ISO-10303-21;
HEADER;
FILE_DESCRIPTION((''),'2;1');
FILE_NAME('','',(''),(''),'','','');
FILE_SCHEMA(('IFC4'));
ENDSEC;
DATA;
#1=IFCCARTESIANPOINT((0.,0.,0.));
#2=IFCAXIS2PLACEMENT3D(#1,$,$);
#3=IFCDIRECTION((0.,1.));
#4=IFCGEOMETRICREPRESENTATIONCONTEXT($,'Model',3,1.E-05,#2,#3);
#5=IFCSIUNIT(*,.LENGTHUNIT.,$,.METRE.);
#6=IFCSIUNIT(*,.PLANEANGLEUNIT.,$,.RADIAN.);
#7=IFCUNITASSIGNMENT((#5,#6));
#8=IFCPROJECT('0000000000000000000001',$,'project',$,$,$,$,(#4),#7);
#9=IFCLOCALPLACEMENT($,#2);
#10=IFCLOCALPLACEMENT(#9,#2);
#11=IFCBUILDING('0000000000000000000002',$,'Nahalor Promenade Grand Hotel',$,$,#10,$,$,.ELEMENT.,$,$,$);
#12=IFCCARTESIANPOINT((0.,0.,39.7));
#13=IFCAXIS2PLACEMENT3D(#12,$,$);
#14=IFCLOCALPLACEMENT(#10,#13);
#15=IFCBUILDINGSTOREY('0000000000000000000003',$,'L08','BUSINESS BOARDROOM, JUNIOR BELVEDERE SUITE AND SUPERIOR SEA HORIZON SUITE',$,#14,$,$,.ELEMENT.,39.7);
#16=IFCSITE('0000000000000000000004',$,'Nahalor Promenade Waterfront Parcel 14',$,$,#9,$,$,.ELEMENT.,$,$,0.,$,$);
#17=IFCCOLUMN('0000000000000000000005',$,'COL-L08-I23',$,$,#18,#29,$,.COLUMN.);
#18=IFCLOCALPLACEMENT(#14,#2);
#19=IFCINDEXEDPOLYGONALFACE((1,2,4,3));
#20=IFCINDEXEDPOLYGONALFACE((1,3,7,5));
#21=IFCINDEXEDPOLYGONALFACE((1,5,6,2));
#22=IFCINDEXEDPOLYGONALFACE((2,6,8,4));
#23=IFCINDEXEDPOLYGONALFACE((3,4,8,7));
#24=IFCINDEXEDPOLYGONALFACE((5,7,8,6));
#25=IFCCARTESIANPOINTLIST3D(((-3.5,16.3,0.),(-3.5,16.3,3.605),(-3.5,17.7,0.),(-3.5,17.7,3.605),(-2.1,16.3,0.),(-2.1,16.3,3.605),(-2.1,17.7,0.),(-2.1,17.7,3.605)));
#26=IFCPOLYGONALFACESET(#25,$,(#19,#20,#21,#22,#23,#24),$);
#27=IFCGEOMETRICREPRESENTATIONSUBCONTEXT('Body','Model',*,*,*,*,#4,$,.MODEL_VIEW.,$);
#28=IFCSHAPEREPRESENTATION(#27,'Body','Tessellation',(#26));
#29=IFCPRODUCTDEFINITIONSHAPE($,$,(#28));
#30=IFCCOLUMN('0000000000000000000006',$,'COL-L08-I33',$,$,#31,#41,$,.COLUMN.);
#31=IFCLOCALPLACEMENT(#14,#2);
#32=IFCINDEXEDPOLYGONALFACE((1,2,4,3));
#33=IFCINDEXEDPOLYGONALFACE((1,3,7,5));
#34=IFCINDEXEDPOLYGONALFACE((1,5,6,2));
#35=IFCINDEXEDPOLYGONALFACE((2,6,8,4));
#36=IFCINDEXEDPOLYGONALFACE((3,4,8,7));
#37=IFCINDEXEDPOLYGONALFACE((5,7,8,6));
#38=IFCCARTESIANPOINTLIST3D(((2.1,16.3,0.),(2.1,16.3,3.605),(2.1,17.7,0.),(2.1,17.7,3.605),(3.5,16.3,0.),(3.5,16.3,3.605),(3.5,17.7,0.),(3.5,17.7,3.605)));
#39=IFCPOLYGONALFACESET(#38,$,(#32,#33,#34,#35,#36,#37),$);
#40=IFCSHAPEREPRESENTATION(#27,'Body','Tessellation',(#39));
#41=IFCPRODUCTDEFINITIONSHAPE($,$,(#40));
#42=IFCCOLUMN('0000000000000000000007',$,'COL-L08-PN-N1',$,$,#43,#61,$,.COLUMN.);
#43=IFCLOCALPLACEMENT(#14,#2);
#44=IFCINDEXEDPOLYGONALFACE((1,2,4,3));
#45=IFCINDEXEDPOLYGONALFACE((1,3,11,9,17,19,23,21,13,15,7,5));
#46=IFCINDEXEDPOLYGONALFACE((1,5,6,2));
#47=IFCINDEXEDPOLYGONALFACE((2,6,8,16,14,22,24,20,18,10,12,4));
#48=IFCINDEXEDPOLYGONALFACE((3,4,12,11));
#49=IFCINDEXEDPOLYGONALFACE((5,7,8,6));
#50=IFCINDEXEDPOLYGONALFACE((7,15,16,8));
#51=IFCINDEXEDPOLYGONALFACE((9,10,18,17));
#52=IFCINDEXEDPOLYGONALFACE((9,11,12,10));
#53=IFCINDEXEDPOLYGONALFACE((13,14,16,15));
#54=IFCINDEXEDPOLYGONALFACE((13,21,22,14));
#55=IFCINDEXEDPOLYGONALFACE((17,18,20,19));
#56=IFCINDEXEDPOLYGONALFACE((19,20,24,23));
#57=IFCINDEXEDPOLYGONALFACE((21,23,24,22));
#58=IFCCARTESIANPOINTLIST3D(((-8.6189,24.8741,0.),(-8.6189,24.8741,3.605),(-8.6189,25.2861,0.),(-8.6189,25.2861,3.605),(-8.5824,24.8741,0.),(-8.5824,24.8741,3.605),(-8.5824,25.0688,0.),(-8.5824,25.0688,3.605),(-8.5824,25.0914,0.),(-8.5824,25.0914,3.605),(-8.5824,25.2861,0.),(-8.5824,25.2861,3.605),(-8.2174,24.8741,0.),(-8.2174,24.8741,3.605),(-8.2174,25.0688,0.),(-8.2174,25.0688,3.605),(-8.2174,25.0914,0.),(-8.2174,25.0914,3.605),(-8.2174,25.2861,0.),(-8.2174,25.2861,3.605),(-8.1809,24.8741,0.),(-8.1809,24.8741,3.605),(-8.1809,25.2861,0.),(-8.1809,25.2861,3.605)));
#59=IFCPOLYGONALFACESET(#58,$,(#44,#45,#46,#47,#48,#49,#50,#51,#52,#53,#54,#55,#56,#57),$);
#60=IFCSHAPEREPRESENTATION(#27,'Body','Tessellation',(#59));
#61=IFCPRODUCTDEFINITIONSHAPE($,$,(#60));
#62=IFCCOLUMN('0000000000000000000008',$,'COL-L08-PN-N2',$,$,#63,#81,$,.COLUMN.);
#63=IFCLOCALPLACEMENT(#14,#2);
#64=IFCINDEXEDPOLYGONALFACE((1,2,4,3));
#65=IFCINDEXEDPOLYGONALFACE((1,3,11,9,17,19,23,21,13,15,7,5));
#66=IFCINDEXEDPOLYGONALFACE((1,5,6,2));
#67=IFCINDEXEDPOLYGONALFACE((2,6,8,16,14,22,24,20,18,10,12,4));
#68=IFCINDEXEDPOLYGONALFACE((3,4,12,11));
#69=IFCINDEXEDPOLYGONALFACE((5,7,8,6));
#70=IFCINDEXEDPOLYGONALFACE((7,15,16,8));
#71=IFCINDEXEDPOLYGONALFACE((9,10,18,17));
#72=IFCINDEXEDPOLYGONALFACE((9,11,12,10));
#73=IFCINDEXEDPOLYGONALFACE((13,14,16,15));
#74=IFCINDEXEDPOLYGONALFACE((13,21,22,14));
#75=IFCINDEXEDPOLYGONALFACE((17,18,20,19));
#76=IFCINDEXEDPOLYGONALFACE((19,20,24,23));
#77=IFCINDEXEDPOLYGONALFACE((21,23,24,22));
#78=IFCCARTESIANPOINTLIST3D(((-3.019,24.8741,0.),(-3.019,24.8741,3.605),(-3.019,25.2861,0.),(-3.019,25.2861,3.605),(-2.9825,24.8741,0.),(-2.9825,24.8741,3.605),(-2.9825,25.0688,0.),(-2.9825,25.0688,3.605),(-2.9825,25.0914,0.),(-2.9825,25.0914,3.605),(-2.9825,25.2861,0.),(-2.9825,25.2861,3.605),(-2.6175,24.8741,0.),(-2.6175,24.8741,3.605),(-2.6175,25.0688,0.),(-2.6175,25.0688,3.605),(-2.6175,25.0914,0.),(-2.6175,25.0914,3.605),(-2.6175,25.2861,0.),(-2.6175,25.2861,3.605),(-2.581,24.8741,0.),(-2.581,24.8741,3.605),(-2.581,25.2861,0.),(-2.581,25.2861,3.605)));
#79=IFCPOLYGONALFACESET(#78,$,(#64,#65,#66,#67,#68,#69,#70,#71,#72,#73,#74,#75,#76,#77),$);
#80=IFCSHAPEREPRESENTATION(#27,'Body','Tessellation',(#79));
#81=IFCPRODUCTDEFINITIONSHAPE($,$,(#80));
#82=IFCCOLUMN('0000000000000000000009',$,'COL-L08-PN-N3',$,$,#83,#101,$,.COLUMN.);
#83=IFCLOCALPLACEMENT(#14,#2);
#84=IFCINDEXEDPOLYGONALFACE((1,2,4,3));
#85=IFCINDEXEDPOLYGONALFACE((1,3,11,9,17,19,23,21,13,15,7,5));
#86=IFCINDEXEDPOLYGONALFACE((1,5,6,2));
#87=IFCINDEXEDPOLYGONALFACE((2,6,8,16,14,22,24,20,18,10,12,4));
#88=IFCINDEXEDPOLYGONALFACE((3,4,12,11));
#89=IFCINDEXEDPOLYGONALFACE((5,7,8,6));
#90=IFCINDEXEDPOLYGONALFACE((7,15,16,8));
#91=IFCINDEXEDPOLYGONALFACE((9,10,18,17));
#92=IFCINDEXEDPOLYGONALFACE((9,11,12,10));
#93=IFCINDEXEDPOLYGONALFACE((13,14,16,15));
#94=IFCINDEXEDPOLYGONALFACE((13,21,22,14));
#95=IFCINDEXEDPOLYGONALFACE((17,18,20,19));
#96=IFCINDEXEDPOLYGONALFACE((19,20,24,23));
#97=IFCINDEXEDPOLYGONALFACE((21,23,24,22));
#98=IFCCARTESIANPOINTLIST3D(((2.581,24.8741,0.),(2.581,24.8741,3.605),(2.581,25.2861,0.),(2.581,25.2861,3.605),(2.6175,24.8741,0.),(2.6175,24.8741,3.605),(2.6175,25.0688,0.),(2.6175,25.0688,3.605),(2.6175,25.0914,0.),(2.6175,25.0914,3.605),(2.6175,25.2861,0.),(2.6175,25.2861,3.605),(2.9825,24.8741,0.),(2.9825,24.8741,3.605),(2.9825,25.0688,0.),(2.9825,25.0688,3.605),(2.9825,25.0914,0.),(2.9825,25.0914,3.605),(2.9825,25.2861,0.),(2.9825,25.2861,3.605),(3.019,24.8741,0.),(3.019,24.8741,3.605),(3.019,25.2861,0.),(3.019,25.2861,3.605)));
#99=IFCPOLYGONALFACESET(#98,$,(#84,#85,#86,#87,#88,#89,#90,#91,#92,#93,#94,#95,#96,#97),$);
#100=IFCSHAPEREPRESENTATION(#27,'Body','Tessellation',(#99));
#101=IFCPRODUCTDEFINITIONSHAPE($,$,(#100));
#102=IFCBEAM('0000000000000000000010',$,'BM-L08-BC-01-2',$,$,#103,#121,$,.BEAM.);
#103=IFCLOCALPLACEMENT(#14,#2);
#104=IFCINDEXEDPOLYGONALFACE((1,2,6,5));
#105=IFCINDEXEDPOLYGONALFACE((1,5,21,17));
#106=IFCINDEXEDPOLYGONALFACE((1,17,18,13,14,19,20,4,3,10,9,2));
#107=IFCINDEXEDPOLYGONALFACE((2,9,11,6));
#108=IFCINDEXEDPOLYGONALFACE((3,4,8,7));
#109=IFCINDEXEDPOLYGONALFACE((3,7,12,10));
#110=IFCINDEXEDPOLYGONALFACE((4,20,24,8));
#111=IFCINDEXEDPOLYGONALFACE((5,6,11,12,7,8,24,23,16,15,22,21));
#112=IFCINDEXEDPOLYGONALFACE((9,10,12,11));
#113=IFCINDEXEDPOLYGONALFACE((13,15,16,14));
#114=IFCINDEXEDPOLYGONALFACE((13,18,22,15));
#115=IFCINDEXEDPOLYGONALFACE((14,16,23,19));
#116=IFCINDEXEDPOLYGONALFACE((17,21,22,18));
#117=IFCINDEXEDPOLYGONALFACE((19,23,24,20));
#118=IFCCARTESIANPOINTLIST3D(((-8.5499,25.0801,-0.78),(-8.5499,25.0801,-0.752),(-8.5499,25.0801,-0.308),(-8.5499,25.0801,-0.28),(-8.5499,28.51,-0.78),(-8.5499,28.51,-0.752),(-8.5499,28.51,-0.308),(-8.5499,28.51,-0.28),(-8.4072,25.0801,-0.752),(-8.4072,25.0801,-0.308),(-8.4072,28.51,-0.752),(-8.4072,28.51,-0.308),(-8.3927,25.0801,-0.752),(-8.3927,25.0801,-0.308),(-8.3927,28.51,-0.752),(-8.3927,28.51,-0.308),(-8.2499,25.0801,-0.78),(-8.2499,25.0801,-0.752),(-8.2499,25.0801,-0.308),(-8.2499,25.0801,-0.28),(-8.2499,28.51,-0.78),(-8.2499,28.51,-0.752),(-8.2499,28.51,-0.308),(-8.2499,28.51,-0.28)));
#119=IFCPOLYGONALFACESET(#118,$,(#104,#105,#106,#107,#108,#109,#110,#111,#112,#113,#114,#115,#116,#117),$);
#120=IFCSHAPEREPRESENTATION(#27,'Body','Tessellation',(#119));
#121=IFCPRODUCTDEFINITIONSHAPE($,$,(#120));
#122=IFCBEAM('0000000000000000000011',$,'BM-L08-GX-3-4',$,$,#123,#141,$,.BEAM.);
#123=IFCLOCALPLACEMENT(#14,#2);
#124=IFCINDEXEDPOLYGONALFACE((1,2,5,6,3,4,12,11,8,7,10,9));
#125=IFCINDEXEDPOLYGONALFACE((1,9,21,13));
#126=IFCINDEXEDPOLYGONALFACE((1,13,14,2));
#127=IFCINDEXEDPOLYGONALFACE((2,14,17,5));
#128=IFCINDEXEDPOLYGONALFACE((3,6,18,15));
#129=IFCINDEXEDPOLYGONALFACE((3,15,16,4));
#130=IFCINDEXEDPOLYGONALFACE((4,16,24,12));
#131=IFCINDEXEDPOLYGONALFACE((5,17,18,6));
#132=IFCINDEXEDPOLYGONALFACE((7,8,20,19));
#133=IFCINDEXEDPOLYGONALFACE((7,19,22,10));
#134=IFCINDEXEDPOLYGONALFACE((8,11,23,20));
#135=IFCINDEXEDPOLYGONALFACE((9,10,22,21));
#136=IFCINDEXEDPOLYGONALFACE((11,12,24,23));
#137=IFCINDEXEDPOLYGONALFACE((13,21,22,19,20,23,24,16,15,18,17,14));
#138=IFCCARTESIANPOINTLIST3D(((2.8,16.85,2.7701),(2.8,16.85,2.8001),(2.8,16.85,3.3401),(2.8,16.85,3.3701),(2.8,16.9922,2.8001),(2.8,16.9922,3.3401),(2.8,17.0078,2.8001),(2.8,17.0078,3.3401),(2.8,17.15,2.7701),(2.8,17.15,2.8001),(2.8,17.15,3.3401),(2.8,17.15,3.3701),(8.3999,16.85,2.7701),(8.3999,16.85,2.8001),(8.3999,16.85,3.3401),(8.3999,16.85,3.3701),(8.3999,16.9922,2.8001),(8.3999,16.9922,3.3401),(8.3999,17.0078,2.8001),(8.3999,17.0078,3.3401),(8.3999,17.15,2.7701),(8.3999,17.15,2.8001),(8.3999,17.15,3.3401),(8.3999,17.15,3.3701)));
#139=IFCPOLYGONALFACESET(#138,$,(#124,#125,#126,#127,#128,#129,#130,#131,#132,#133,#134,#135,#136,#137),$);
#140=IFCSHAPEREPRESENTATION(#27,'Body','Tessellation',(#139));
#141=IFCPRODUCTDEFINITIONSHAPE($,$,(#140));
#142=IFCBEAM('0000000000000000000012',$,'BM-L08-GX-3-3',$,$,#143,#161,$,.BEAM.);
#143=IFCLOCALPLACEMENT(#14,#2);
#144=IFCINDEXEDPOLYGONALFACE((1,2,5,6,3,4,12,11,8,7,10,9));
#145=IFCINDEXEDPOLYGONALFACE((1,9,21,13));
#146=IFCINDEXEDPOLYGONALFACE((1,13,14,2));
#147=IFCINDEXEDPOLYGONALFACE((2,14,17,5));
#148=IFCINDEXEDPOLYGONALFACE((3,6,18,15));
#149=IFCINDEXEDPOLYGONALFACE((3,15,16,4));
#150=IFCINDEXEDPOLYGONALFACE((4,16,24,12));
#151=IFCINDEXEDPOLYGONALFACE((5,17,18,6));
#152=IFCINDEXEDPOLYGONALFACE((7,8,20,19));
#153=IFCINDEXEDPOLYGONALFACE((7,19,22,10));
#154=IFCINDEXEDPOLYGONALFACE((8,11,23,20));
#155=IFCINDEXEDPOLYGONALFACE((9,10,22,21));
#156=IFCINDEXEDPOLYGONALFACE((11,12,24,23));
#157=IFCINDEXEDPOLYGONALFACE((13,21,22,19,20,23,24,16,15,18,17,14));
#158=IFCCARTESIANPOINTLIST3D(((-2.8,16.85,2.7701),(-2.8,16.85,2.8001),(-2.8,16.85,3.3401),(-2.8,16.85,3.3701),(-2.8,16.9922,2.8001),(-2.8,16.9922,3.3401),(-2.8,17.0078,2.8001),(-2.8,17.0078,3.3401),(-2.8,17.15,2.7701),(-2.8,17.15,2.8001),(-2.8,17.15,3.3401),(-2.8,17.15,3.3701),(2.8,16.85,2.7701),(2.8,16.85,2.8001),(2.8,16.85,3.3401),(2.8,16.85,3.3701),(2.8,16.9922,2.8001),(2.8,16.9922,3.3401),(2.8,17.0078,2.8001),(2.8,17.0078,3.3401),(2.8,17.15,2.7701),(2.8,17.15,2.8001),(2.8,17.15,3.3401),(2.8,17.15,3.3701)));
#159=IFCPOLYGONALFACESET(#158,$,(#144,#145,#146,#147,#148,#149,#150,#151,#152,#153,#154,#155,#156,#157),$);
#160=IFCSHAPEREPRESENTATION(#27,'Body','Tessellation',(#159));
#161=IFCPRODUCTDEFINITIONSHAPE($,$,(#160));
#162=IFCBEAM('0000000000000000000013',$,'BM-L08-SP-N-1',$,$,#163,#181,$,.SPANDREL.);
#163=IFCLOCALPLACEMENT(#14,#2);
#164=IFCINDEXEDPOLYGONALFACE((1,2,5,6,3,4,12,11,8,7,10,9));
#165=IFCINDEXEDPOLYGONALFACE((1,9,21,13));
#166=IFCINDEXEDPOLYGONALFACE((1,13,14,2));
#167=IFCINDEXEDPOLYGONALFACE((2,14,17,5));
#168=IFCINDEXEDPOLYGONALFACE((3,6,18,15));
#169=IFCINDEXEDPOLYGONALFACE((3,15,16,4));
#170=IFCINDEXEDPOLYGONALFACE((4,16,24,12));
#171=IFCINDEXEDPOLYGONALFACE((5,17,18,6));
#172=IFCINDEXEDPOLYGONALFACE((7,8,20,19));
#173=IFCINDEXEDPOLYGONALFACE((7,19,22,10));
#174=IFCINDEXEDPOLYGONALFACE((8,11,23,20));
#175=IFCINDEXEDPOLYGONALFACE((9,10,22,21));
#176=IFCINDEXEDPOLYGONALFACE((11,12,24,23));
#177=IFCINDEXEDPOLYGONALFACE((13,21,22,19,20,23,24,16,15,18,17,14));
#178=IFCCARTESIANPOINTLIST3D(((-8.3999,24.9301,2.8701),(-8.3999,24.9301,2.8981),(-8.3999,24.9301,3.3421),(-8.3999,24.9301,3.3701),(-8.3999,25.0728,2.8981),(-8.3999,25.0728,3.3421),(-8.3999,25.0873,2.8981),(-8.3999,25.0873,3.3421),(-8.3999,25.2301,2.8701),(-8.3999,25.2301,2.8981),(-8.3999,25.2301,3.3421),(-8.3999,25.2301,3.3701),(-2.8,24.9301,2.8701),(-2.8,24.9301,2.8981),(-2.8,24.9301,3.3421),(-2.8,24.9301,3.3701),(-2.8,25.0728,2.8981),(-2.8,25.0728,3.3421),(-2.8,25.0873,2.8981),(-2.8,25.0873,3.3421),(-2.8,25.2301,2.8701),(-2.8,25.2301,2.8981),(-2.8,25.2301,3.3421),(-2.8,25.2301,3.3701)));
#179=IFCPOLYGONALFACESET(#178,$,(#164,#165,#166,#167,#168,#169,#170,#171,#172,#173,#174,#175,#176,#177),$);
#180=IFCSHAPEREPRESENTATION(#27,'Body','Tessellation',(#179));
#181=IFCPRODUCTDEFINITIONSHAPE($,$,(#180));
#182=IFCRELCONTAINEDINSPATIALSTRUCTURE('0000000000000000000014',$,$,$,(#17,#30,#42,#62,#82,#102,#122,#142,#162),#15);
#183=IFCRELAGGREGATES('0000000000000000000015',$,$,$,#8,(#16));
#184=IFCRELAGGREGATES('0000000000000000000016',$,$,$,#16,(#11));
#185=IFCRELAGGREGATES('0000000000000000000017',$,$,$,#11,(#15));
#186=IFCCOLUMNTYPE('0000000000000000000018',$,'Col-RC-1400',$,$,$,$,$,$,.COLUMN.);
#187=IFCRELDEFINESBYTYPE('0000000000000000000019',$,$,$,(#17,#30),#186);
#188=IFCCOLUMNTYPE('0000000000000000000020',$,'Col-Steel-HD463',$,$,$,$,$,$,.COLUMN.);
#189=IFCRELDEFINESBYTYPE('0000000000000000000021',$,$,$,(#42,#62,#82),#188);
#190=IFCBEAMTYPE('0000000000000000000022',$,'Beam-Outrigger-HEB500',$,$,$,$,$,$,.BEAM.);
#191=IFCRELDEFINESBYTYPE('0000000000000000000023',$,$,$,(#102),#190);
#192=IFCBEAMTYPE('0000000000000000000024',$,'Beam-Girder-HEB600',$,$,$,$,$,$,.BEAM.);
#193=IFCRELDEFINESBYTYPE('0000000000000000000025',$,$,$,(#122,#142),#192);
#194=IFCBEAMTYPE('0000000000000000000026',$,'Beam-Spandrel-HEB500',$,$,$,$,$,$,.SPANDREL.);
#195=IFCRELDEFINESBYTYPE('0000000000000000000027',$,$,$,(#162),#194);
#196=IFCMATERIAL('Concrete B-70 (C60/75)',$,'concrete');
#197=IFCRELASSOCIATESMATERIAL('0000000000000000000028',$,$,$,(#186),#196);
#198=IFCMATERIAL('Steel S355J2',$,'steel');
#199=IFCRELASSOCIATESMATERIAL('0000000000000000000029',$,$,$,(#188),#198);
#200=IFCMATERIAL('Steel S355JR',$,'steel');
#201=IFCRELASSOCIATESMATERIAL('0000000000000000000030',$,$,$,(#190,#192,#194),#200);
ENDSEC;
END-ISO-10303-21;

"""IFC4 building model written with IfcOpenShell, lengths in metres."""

from ifc_helpers import new_model, si_unit, direction, frame, origin, origin_2d, place, context, subcontext, project, spatial, rectangle, i_section, extrude, source, transform, mapped, material, material_profile, profile_set, type_object, element, save


model = new_model("IFC4")

# Units and contexts
model_context = context("Model", 3, precision=1e-05, world=origin(), true_north=direction((0.0, 1.0)))
body_context = subcontext(model_context, "Body", "Model", "MODEL_VIEW")
ifc_project = project(units=[si_unit("LENGTHUNIT", "METRE"), si_unit("PLANEANGLEUNIT", "RADIAN")], contexts=[model_context])

# Site, building, storey
site_placement = place(None, origin())
site = spatial("IfcSite", under=ifc_project, at=site_placement, Name="Nahalor Promenade Waterfront Parcel 14", CompositionType="ELEMENT", RefElevation=0.0)
building_placement = place(site_placement, origin())
building = spatial("IfcBuilding", under=site, at=building_placement, Name="Nahalor Promenade Grand Hotel", CompositionType="ELEMENT")
storey_placement = place(building_placement, frame((0.0, 0.0, 39.7)))
storey = spatial("IfcBuildingStorey", under=building, at=storey_placement, Name="L08", Description="BUSINESS BOARDROOM, JUNIOR BELVEDERE SUITE AND SUPERIOR SEA HORIZON SUITE", CompositionType="ELEMENT", Elevation=39.7)

# Columns
ifc_material_1 = material(Name="Concrete B-70 (C60/75)", Category="concrete")
ifc_material_profile_1 = material_profile(ifc_material_1, rectangle(XDim=1.4, YDim=1.4, at=origin_2d()), Name="RC 1400x1400")
ifc_profile_set_1 = profile_set([ifc_material_profile_1], Name="Concrete B-70 (C60/75)")
column_type_1 = type_object("IfcColumnType", Name="Col-RC-1400", PredefinedType="COLUMN", material=ifc_profile_set_1)
shared_shape_1 = source(origin(), body_context, "Body", "SweptSolid", [
    extrude(rectangle(XDim=1.4, YDim=1.4, at=origin_2d()), origin(), (0.0, 0.0, 1.0), 3.605),
])
for number, where, z_axis, x_axis, name in (
    (1, (-2.8, 17.0, 0.0), (0.0, 0.0, 1.0), (1.0, 0.0, 0.0), "COL-L08-I23"),
    (2, (2.8, 17.0, 0.0), (0.0, 0.0, 1.0), (1.0, 0.0, 0.0), "COL-L08-I33"),
):
    element("IfcColumn", number, at=place(storey_placement, frame(where, z_axis=z_axis, x_axis=x_axis)), inside=storey, type_object=column_type_1, Name=name, PredefinedType="COLUMN", context=body_context, shape_type="MappedRepresentation", body=[
        mapped(shared_shape_1, transform((0.0, 0.0, 0.0), scale=1.0)),
    ])
ifc_material_2 = material(Name="Steel S355J2", Category="steel")
ifc_material_profile_2 = material_profile(ifc_material_2, i_section(OverallWidth=0.412, OverallDepth=0.438, WebThickness=0.0226, FlangeThickness=0.0365, at=origin_2d()), Name="HD 400x463")
ifc_profile_set_2 = profile_set([ifc_material_profile_2], Name="Steel S355J2")
column_type_2 = type_object("IfcColumnType", Name="Col-Steel-HD463", PredefinedType="COLUMN", material=ifc_profile_set_2)
shared_shape_2 = source(origin(), body_context, "Body", "SweptSolid", [
    extrude(i_section(OverallWidth=0.412, OverallDepth=0.438, WebThickness=0.0226, FlangeThickness=0.0365, at=origin_2d()), origin(), (0.0, 0.0, 1.0), 3.605),
])
for number, where, z_axis, x_axis, name in (
    (3, (-8.3999, 25.0801, 0.0), (0.0, 0.0, 1.0), (0.0, 1.0, 0.0), "COL-L08-PN-N1"),
    (4, (-2.8, 25.0801, 0.0), (0.0, 0.0, 1.0), (0.0, 1.0, 0.0), "COL-L08-PN-N2"),
    (5, (2.8, 25.0801, 0.0), (0.0, 0.0, 1.0), (0.0, 1.0, 0.0), "COL-L08-PN-N3"),
):
    element("IfcColumn", number, at=place(storey_placement, frame(where, z_axis=z_axis, x_axis=x_axis)), inside=storey, type_object=column_type_2, Name=name, PredefinedType="COLUMN", context=body_context, shape_type="MappedRepresentation", body=[
        mapped(shared_shape_2, transform((0.0, 0.0, 0.0), scale=1.0)),
    ])

# Beams
ifc_material_3 = material(Name="Steel S355JR", Category="steel")
ifc_material_profile_3 = material_profile(ifc_material_3, i_section(OverallWidth=0.3, OverallDepth=0.5, WebThickness=0.0145, FlangeThickness=0.028, at=origin_2d()), Name="HEB 500")
ifc_profile_set_3 = profile_set([ifc_material_profile_3], Name="Steel S355JR")
beam_type_1 = type_object("IfcBeamType", Name="Beam-Outrigger-HEB500", PredefinedType="BEAM", material=ifc_profile_set_3)
shared_shape_3 = source(origin(), body_context, "Body", "SweptSolid", [
    extrude(i_section(OverallWidth=0.3, OverallDepth=0.5, WebThickness=0.0145, FlangeThickness=0.028, at=origin_2d()), origin(), (0.0, 0.0, 1.0), 3.4299),
])
beam_1_placement = place(storey_placement, frame((-8.3999, 25.0801, -0.53), z_axis=(0.0, 1.0, 0.0), x_axis=(-1.0, 0.0, 0.0)))
element("IfcBeam", 6, at=beam_1_placement, inside=storey, type_object=beam_type_1, Name="BM-L08-BC-01-2", PredefinedType="BEAM", context=body_context, shape_type="MappedRepresentation", body=[
    mapped(shared_shape_3, transform((0.0, 0.0, 0.0), scale=1.0)),
])
ifc_material_profile_4 = material_profile(ifc_material_3, i_section(OverallWidth=0.3, OverallDepth=0.6, WebThickness=0.0155, FlangeThickness=0.03, at=origin_2d()), Name="HEB 600")
ifc_profile_set_4 = profile_set([ifc_material_profile_4], Name="Steel S355JR")
beam_type_2 = type_object("IfcBeamType", Name="Beam-Girder-HEB600", PredefinedType="BEAM", material=ifc_profile_set_4)
shared_shape_4 = source(origin(), body_context, "Body", "SweptSolid", [
    extrude(i_section(OverallWidth=0.3, OverallDepth=0.6, WebThickness=0.0155, FlangeThickness=0.03, at=origin_2d()), origin(), (0.0, 0.0, 1.0), 5.5999),
])
beam_2_placement = place(storey_placement, frame((2.8, 17.0, 3.0701), z_axis=(1.0, 0.0, 0.0), x_axis=(0.0, 1.0, 0.0)))
element("IfcBeam", 7, at=beam_2_placement, inside=storey, type_object=beam_type_2, Name="BM-L08-GX-3-4", PredefinedType="BEAM", context=body_context, shape_type="MappedRepresentation", body=[
    mapped(shared_shape_4, transform((0.0, 0.0, 0.0), scale=1.0)),
])
shared_shape_5 = source(origin(), body_context, "Body", "SweptSolid", [
    extrude(i_section(OverallWidth=0.3, OverallDepth=0.6, WebThickness=0.0155, FlangeThickness=0.03, at=origin_2d()), origin(), (0.0, 0.0, 1.0), 5.6001),
])
beam_3_placement = place(storey_placement, frame((-2.8, 17.0, 3.0701), z_axis=(1.0, 0.0, 0.0), x_axis=(0.0, 1.0, 0.0)))
element("IfcBeam", 8, at=beam_3_placement, inside=storey, type_object=beam_type_2, Name="BM-L08-GX-3-3", PredefinedType="BEAM", context=body_context, shape_type="MappedRepresentation", body=[
    mapped(shared_shape_5, transform((0.0, 0.0, 0.0), scale=1.0)),
])
ifc_material_profile_5 = material_profile(ifc_material_3, i_section(OverallWidth=0.3, OverallDepth=0.5, WebThickness=0.0145, FlangeThickness=0.028, at=origin_2d()), Name="HEB 500")
ifc_profile_set_5 = profile_set([ifc_material_profile_5], Name="Steel S355JR")
beam_type_3 = type_object("IfcBeamType", Name="Beam-Spandrel-HEB500", PredefinedType="SPANDREL", material=ifc_profile_set_5)
shared_shape_6 = source(origin(), body_context, "Body", "SweptSolid", [
    extrude(i_section(OverallWidth=0.3, OverallDepth=0.5, WebThickness=0.0145, FlangeThickness=0.028, at=origin_2d()), origin(), (0.0, 0.0, 1.0), 5.5999),
])
for number, where, z_axis, x_axis, name in (
    (9, (-8.3999, 25.0801, 3.1201), (1.0, 0.0, 0.0), (0.0, 1.0, 0.0), "BM-L08-SP-N-1"),
):
    element("IfcBeam", number, at=place(storey_placement, frame(where, z_axis=z_axis, x_axis=x_axis)), inside=storey, type_object=beam_type_3, Name=name, PredefinedType="SPANDREL", context=body_context, shape_type="MappedRepresentation", body=[
        mapped(shared_shape_6, transform((0.0, 0.0, 0.0), scale=1.0)),
    ])

save(model, "model.ifc")
